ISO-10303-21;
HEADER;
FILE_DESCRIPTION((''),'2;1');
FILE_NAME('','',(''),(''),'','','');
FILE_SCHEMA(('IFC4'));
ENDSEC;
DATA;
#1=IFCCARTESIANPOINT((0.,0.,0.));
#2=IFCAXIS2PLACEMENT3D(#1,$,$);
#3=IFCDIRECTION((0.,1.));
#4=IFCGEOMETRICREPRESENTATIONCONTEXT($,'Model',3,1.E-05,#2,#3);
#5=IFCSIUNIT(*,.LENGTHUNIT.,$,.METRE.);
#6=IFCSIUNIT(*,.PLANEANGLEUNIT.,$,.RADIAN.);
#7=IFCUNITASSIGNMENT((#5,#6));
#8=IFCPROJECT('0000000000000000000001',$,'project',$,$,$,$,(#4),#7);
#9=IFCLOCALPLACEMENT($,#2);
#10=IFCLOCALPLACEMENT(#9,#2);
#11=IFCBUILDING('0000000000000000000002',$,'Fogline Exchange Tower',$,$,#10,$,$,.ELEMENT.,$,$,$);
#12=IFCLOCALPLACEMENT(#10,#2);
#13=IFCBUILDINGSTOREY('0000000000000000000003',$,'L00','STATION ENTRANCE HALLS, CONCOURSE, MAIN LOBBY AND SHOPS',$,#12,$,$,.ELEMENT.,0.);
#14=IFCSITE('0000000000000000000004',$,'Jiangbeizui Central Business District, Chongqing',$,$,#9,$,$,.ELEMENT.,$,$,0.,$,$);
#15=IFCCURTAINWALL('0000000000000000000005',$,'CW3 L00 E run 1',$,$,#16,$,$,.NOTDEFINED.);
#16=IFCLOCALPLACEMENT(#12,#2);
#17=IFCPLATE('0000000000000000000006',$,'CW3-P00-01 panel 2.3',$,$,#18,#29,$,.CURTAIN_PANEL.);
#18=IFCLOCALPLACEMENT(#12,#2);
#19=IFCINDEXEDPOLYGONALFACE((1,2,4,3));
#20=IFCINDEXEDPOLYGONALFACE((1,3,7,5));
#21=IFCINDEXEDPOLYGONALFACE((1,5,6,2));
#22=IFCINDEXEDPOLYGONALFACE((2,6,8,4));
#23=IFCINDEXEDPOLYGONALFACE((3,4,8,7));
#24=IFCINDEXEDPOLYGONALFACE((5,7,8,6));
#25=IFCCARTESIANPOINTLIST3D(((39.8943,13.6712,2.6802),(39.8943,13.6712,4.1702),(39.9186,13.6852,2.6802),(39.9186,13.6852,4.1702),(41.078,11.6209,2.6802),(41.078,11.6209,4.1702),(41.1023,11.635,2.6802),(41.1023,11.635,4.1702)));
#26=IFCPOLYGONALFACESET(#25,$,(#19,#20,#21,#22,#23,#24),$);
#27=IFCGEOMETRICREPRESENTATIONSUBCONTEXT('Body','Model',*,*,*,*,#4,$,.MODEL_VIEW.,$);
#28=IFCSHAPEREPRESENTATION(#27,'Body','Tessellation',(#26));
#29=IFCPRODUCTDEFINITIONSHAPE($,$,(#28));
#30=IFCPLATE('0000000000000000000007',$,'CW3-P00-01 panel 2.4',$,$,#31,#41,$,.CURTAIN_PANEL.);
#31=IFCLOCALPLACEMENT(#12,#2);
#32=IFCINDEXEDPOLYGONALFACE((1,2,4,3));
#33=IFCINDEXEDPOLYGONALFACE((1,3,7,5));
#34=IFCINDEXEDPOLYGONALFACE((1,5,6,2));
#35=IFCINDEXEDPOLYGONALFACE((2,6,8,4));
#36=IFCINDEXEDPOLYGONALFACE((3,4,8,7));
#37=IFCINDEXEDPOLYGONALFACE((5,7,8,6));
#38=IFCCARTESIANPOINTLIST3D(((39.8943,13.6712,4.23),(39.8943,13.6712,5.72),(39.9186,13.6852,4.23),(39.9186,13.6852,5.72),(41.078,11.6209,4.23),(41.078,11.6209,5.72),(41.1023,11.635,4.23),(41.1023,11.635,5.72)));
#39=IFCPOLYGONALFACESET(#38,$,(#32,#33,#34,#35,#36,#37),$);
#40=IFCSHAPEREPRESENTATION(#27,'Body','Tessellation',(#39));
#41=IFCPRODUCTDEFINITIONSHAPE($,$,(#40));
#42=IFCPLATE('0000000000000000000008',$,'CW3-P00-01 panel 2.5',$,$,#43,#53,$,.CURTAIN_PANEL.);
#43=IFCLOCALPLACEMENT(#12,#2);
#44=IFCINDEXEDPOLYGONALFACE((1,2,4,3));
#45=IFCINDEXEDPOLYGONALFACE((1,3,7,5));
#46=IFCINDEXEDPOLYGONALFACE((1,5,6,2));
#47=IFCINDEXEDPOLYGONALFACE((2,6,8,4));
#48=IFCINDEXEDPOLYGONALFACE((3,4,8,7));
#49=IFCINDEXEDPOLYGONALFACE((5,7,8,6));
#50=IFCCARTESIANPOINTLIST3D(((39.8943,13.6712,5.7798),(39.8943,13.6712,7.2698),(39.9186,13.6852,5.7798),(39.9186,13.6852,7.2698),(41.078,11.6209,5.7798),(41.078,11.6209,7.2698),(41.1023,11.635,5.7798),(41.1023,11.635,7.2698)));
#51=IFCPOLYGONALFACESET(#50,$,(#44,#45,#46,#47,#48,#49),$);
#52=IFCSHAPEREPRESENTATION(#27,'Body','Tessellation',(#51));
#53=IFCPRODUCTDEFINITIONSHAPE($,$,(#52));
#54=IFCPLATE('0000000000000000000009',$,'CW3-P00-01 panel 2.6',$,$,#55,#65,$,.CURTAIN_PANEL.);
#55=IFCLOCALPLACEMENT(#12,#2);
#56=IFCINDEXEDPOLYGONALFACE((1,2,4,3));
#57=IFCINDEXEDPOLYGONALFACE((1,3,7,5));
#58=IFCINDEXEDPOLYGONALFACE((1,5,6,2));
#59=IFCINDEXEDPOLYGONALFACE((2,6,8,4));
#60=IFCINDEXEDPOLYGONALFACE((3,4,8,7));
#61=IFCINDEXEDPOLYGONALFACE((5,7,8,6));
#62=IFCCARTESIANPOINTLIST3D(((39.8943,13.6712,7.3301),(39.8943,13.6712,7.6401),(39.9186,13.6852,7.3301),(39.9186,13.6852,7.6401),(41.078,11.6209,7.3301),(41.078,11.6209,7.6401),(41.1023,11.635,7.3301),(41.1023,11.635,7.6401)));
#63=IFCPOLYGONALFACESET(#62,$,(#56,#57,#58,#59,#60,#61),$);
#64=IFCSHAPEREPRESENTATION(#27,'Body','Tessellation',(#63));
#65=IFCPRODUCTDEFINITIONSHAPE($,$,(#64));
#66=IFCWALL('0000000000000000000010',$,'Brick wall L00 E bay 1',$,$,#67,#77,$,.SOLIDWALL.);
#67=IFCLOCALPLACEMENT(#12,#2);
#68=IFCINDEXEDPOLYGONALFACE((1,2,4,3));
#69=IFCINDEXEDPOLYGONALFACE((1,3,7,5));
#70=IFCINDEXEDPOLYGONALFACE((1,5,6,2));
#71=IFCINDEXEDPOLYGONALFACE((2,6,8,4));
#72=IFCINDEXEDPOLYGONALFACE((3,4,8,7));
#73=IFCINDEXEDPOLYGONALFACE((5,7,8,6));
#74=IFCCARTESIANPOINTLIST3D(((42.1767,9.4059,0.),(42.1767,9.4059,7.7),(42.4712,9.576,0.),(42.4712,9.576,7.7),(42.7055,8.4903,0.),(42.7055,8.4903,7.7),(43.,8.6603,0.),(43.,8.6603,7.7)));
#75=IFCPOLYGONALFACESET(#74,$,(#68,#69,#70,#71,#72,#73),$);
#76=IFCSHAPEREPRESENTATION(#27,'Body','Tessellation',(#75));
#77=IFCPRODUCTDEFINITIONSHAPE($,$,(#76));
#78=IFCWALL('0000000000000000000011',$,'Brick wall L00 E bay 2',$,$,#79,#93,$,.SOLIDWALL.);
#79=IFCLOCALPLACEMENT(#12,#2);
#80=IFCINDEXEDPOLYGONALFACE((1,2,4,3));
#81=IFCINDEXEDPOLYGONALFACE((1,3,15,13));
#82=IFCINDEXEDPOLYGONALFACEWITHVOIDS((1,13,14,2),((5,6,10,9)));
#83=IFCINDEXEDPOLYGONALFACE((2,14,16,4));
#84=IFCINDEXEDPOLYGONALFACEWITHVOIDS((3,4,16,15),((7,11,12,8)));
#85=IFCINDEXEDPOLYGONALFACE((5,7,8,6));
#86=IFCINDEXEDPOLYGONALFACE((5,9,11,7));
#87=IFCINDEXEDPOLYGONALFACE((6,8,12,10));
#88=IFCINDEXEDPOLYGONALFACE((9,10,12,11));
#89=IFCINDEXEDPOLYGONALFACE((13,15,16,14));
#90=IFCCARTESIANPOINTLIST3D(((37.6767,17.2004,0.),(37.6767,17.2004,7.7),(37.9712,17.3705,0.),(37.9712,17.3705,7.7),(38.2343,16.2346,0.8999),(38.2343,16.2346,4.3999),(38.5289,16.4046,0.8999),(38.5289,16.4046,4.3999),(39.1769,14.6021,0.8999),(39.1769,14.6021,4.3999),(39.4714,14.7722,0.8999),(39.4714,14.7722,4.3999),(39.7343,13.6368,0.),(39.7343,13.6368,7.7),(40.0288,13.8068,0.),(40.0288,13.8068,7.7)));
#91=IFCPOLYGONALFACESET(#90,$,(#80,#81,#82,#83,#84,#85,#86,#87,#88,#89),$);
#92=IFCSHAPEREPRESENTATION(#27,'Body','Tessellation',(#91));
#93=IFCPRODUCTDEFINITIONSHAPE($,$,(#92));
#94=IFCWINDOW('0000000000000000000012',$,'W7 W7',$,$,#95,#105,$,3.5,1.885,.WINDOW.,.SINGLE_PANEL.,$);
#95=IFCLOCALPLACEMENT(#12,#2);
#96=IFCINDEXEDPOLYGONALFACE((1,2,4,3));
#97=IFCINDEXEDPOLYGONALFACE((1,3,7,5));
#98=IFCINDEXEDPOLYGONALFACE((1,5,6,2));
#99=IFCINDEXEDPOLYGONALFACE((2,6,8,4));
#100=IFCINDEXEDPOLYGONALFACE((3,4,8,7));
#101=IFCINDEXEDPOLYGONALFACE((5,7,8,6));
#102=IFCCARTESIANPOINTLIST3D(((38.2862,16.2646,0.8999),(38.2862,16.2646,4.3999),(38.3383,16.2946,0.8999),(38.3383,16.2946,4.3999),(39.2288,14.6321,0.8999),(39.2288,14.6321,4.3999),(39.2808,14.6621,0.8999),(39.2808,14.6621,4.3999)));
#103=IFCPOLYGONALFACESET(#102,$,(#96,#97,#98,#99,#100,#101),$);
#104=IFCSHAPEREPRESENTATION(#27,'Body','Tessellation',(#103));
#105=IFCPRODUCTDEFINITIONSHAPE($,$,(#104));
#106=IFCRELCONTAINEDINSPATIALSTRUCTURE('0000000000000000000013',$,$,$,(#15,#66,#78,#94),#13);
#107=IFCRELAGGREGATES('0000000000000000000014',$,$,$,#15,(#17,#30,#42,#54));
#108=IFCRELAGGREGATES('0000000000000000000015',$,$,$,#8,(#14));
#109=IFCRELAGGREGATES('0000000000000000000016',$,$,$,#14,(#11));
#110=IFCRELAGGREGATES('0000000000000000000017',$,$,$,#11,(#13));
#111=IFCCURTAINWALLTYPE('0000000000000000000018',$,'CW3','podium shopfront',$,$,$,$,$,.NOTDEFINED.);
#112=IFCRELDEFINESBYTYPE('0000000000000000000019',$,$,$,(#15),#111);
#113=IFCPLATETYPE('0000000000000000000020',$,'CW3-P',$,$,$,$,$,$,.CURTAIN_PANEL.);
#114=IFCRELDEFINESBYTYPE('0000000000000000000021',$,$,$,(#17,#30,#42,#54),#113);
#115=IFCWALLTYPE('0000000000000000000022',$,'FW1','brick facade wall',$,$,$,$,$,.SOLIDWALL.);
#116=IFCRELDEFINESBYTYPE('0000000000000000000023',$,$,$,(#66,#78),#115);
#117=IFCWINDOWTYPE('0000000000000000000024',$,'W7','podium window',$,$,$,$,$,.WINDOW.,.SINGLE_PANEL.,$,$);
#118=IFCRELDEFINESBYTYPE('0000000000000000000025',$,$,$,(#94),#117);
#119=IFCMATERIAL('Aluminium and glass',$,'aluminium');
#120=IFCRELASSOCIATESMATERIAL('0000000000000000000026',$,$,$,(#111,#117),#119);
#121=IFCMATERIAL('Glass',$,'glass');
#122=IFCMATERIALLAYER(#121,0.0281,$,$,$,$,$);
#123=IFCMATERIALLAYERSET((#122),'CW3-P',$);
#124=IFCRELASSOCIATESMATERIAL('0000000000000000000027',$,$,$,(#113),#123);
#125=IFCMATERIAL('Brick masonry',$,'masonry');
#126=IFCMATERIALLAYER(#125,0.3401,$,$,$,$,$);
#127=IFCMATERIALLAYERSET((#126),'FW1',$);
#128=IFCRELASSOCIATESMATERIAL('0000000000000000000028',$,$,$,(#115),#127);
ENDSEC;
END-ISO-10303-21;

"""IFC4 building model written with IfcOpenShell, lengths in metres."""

from ifc_helpers import new_model, si_unit, direction, frame, frame_2d, origin, origin_2d, place, context, subcontext, project, spatial, rectangle, extrude, material, layer, layer_set, type_object, element, fill, aggregate, save


model = new_model("IFC4")

# Units and contexts
model_context = context("Model", 3, precision=1e-05, world=origin(), true_north=direction((0.0, 1.0)))
body_context = subcontext(model_context, "Body", "Model", "MODEL_VIEW")
ifc_project = project(units=[si_unit("LENGTHUNIT", "METRE"), si_unit("PLANEANGLEUNIT", "RADIAN")], contexts=[model_context])

# Site, building, storey
site_placement = place(None, origin())
site = spatial("IfcSite", under=ifc_project, at=site_placement, Name="Jiangbeizui Central Business District, Chongqing", CompositionType="ELEMENT", RefElevation=0.0)
building_placement = place(site_placement, origin())
building = spatial("IfcBuilding", under=site, at=building_placement, Name="Fogline Exchange Tower", CompositionType="ELEMENT")
storey_placement = place(building_placement, origin())
storey = spatial("IfcBuildingStorey", under=building, at=storey_placement, Name="L00", Description="STATION ENTRANCE HALLS, CONCOURSE, MAIN LOBBY AND SHOPS", CompositionType="ELEMENT", Elevation=0.0)

# Curtain wall, plates
ifc_material_1 = material(Name="Aluminium and glass", Category="aluminium")
curtain_wall_type = type_object("IfcCurtainWallType", Name="CW3", Description="podium shopfront", PredefinedType="NOTDEFINED", material=ifc_material_1)
curtain_wall_placement = place(storey_placement, origin())
curtain_wall = element("IfcCurtainWall", 1, at=curtain_wall_placement, inside=storey, type_object=curtain_wall_type, Name="CW3 L00 E run 1", PredefinedType="NOTDEFINED")
ifc_material_2 = material(Name="Glass", Category="glass")
ifc_layer_1 = layer(ifc_material_2, 0.0281)
ifc_layer_set_1 = layer_set([ifc_layer_1], Name="CW3-P")
plate_type = type_object("IfcPlateType", Name="CW3-P", PredefinedType="CURTAIN_PANEL", material=ifc_layer_set_1)
plate_1_placement = place(storey_placement, frame((40.4983, 12.6531, 2.6802), z_axis=(0.0, 0.0, 1.0), x_axis=(-0.5, 0.866025, 0.0)))
plate_1 = element("IfcPlate", 2, at=plate_1_placement, type_object=plate_type, Name="CW3-P00-01 panel 2.3", PredefinedType="CURTAIN_PANEL", context=body_context, shape_type="SweptSolid", body=[
    extrude(rectangle(XDim=2.3674, YDim=0.0281, at=origin_2d()), origin(), (0.0, 0.0, 1.0), 1.49),
])
plate_2_placement = place(storey_placement, frame((40.4983, 12.6531, 4.23), z_axis=(0.0, 0.0, 1.0), x_axis=(-0.5, 0.866025, 0.0)))
plate_2 = element("IfcPlate", 3, at=plate_2_placement, type_object=plate_type, Name="CW3-P00-01 panel 2.4", PredefinedType="CURTAIN_PANEL", context=body_context, shape_type="SweptSolid", body=[
    extrude(rectangle(XDim=2.3674, YDim=0.0281, at=origin_2d()), origin(), (0.0, 0.0, 1.0), 1.49),
])
plate_3_placement = place(storey_placement, frame((40.4983, 12.6531, 5.7798), z_axis=(0.0, 0.0, 1.0), x_axis=(-0.5, 0.866025, 0.0)))
plate_3 = element("IfcPlate", 4, at=plate_3_placement, type_object=plate_type, Name="CW3-P00-01 panel 2.5", PredefinedType="CURTAIN_PANEL", context=body_context, shape_type="SweptSolid", body=[
    extrude(rectangle(XDim=2.3674, YDim=0.0281, at=origin_2d()), origin(), (0.0, 0.0, 1.0), 1.49),
])
plate_4_placement = place(storey_placement, frame((40.4983, 12.6531, 7.3301), z_axis=(0.0, 0.0, 1.0), x_axis=(-0.5, 0.866025, 0.0)))
plate_4 = element("IfcPlate", 5, at=plate_4_placement, type_object=plate_type, Name="CW3-P00-01 panel 2.6", PredefinedType="CURTAIN_PANEL", context=body_context, shape_type="SweptSolid", body=[
    extrude(rectangle(XDim=2.3674, YDim=0.0281, at=origin_2d()), origin(), (0.0, 0.0, 1.0), 0.3101),
])
aggregate(curtain_wall, [plate_1, plate_2, plate_3, plate_4])

# Wall
ifc_material_3 = material(Name="Brick masonry", Category="masonry")
ifc_layer_2 = layer(ifc_material_3, 0.3401)
ifc_layer_set_2 = layer_set([ifc_layer_2], Name="FW1")
wall_type = type_object("IfcWallType", Name="FW1", Description="brick facade wall", PredefinedType="SOLIDWALL", material=ifc_layer_set_2)
wall_1_placement = place(storey_placement, frame((42.8528, 8.5752, 0.0), z_axis=(0.0, 0.0, 1.0), x_axis=(-0.500062, 0.865989, 0.0)))
element("IfcWall", 6, at=wall_1_placement, inside=storey, type_object=wall_type, Name="Brick wall L00 E bay 1", PredefinedType="SOLIDWALL", context=body_context, shape_type="SweptSolid", body=[
    extrude(rectangle(XDim=1.0574, YDim=0.3401, at=frame_2d((0.5288, 0.0))), origin(), (0.0, 0.0, 1.0), 7.7),
])

# Wall, opening, window
wall_2_placement = place(storey_placement, frame((39.8816, 13.7217, 0.0), z_axis=(0.0, 0.0, 1.0), x_axis=(-0.500019, 0.866015, 0.0)))
wall_2 = element("IfcWall", 7, at=wall_2_placement, inside=storey, type_object=wall_type, Name="Brick wall L00 E bay 2", PredefinedType="SOLIDWALL", context=body_context, shape_type="SweptSolid", body=[
    extrude(rectangle(XDim=4.115, YDim=0.3401, at=frame_2d((2.0576, 0.0))), origin(), (0.0, 0.0, 1.0), 7.7),
])
opening_placement = place(wall_2_placement, frame((1.115, 0.0, 0.8999)))
opening = element("IfcOpeningElement", 8, at=opening_placement, cuts=wall_2, PredefinedType="OPENING", context=body_context, shape_type="SweptSolid", body=[
    extrude(rectangle(XDim=1.885, YDim=3.5, at=frame_2d((0.9424, 1.75))), frame((0.0, 0.1802, 0.0), z_axis=(0.0, -1.0, 0.0), x_axis=(1.0, 0.0, 0.0)), (0.0, 0.0, 1.0), 0.3601),
])
window_type = type_object("IfcWindowType", Name="W7", Description="podium window", PartitioningType="SINGLE_PANEL", PredefinedType="WINDOW", material=ifc_material_1)
window_placement = place(opening_placement, origin())
window = element("IfcWindow", 9, at=window_placement, inside=storey, type_object=window_type, Name="W7 W7", OverallHeight=3.5, OverallWidth=1.885, PartitioningType="SINGLE_PANEL", PredefinedType="WINDOW", context=body_context, shape_type="SweptSolid", body=[
    extrude(rectangle(XDim=1.885, YDim=3.5, at=frame_2d((0.9424, 1.75))), frame((0.0, 0.1101, 0.0), z_axis=(0.0, -1.0, 0.0), x_axis=(1.0, 0.0, 0.0)), (0.0, 0.0, 1.0), 0.0601),
])
fill(opening, window)

save(model, "model.ifc")
